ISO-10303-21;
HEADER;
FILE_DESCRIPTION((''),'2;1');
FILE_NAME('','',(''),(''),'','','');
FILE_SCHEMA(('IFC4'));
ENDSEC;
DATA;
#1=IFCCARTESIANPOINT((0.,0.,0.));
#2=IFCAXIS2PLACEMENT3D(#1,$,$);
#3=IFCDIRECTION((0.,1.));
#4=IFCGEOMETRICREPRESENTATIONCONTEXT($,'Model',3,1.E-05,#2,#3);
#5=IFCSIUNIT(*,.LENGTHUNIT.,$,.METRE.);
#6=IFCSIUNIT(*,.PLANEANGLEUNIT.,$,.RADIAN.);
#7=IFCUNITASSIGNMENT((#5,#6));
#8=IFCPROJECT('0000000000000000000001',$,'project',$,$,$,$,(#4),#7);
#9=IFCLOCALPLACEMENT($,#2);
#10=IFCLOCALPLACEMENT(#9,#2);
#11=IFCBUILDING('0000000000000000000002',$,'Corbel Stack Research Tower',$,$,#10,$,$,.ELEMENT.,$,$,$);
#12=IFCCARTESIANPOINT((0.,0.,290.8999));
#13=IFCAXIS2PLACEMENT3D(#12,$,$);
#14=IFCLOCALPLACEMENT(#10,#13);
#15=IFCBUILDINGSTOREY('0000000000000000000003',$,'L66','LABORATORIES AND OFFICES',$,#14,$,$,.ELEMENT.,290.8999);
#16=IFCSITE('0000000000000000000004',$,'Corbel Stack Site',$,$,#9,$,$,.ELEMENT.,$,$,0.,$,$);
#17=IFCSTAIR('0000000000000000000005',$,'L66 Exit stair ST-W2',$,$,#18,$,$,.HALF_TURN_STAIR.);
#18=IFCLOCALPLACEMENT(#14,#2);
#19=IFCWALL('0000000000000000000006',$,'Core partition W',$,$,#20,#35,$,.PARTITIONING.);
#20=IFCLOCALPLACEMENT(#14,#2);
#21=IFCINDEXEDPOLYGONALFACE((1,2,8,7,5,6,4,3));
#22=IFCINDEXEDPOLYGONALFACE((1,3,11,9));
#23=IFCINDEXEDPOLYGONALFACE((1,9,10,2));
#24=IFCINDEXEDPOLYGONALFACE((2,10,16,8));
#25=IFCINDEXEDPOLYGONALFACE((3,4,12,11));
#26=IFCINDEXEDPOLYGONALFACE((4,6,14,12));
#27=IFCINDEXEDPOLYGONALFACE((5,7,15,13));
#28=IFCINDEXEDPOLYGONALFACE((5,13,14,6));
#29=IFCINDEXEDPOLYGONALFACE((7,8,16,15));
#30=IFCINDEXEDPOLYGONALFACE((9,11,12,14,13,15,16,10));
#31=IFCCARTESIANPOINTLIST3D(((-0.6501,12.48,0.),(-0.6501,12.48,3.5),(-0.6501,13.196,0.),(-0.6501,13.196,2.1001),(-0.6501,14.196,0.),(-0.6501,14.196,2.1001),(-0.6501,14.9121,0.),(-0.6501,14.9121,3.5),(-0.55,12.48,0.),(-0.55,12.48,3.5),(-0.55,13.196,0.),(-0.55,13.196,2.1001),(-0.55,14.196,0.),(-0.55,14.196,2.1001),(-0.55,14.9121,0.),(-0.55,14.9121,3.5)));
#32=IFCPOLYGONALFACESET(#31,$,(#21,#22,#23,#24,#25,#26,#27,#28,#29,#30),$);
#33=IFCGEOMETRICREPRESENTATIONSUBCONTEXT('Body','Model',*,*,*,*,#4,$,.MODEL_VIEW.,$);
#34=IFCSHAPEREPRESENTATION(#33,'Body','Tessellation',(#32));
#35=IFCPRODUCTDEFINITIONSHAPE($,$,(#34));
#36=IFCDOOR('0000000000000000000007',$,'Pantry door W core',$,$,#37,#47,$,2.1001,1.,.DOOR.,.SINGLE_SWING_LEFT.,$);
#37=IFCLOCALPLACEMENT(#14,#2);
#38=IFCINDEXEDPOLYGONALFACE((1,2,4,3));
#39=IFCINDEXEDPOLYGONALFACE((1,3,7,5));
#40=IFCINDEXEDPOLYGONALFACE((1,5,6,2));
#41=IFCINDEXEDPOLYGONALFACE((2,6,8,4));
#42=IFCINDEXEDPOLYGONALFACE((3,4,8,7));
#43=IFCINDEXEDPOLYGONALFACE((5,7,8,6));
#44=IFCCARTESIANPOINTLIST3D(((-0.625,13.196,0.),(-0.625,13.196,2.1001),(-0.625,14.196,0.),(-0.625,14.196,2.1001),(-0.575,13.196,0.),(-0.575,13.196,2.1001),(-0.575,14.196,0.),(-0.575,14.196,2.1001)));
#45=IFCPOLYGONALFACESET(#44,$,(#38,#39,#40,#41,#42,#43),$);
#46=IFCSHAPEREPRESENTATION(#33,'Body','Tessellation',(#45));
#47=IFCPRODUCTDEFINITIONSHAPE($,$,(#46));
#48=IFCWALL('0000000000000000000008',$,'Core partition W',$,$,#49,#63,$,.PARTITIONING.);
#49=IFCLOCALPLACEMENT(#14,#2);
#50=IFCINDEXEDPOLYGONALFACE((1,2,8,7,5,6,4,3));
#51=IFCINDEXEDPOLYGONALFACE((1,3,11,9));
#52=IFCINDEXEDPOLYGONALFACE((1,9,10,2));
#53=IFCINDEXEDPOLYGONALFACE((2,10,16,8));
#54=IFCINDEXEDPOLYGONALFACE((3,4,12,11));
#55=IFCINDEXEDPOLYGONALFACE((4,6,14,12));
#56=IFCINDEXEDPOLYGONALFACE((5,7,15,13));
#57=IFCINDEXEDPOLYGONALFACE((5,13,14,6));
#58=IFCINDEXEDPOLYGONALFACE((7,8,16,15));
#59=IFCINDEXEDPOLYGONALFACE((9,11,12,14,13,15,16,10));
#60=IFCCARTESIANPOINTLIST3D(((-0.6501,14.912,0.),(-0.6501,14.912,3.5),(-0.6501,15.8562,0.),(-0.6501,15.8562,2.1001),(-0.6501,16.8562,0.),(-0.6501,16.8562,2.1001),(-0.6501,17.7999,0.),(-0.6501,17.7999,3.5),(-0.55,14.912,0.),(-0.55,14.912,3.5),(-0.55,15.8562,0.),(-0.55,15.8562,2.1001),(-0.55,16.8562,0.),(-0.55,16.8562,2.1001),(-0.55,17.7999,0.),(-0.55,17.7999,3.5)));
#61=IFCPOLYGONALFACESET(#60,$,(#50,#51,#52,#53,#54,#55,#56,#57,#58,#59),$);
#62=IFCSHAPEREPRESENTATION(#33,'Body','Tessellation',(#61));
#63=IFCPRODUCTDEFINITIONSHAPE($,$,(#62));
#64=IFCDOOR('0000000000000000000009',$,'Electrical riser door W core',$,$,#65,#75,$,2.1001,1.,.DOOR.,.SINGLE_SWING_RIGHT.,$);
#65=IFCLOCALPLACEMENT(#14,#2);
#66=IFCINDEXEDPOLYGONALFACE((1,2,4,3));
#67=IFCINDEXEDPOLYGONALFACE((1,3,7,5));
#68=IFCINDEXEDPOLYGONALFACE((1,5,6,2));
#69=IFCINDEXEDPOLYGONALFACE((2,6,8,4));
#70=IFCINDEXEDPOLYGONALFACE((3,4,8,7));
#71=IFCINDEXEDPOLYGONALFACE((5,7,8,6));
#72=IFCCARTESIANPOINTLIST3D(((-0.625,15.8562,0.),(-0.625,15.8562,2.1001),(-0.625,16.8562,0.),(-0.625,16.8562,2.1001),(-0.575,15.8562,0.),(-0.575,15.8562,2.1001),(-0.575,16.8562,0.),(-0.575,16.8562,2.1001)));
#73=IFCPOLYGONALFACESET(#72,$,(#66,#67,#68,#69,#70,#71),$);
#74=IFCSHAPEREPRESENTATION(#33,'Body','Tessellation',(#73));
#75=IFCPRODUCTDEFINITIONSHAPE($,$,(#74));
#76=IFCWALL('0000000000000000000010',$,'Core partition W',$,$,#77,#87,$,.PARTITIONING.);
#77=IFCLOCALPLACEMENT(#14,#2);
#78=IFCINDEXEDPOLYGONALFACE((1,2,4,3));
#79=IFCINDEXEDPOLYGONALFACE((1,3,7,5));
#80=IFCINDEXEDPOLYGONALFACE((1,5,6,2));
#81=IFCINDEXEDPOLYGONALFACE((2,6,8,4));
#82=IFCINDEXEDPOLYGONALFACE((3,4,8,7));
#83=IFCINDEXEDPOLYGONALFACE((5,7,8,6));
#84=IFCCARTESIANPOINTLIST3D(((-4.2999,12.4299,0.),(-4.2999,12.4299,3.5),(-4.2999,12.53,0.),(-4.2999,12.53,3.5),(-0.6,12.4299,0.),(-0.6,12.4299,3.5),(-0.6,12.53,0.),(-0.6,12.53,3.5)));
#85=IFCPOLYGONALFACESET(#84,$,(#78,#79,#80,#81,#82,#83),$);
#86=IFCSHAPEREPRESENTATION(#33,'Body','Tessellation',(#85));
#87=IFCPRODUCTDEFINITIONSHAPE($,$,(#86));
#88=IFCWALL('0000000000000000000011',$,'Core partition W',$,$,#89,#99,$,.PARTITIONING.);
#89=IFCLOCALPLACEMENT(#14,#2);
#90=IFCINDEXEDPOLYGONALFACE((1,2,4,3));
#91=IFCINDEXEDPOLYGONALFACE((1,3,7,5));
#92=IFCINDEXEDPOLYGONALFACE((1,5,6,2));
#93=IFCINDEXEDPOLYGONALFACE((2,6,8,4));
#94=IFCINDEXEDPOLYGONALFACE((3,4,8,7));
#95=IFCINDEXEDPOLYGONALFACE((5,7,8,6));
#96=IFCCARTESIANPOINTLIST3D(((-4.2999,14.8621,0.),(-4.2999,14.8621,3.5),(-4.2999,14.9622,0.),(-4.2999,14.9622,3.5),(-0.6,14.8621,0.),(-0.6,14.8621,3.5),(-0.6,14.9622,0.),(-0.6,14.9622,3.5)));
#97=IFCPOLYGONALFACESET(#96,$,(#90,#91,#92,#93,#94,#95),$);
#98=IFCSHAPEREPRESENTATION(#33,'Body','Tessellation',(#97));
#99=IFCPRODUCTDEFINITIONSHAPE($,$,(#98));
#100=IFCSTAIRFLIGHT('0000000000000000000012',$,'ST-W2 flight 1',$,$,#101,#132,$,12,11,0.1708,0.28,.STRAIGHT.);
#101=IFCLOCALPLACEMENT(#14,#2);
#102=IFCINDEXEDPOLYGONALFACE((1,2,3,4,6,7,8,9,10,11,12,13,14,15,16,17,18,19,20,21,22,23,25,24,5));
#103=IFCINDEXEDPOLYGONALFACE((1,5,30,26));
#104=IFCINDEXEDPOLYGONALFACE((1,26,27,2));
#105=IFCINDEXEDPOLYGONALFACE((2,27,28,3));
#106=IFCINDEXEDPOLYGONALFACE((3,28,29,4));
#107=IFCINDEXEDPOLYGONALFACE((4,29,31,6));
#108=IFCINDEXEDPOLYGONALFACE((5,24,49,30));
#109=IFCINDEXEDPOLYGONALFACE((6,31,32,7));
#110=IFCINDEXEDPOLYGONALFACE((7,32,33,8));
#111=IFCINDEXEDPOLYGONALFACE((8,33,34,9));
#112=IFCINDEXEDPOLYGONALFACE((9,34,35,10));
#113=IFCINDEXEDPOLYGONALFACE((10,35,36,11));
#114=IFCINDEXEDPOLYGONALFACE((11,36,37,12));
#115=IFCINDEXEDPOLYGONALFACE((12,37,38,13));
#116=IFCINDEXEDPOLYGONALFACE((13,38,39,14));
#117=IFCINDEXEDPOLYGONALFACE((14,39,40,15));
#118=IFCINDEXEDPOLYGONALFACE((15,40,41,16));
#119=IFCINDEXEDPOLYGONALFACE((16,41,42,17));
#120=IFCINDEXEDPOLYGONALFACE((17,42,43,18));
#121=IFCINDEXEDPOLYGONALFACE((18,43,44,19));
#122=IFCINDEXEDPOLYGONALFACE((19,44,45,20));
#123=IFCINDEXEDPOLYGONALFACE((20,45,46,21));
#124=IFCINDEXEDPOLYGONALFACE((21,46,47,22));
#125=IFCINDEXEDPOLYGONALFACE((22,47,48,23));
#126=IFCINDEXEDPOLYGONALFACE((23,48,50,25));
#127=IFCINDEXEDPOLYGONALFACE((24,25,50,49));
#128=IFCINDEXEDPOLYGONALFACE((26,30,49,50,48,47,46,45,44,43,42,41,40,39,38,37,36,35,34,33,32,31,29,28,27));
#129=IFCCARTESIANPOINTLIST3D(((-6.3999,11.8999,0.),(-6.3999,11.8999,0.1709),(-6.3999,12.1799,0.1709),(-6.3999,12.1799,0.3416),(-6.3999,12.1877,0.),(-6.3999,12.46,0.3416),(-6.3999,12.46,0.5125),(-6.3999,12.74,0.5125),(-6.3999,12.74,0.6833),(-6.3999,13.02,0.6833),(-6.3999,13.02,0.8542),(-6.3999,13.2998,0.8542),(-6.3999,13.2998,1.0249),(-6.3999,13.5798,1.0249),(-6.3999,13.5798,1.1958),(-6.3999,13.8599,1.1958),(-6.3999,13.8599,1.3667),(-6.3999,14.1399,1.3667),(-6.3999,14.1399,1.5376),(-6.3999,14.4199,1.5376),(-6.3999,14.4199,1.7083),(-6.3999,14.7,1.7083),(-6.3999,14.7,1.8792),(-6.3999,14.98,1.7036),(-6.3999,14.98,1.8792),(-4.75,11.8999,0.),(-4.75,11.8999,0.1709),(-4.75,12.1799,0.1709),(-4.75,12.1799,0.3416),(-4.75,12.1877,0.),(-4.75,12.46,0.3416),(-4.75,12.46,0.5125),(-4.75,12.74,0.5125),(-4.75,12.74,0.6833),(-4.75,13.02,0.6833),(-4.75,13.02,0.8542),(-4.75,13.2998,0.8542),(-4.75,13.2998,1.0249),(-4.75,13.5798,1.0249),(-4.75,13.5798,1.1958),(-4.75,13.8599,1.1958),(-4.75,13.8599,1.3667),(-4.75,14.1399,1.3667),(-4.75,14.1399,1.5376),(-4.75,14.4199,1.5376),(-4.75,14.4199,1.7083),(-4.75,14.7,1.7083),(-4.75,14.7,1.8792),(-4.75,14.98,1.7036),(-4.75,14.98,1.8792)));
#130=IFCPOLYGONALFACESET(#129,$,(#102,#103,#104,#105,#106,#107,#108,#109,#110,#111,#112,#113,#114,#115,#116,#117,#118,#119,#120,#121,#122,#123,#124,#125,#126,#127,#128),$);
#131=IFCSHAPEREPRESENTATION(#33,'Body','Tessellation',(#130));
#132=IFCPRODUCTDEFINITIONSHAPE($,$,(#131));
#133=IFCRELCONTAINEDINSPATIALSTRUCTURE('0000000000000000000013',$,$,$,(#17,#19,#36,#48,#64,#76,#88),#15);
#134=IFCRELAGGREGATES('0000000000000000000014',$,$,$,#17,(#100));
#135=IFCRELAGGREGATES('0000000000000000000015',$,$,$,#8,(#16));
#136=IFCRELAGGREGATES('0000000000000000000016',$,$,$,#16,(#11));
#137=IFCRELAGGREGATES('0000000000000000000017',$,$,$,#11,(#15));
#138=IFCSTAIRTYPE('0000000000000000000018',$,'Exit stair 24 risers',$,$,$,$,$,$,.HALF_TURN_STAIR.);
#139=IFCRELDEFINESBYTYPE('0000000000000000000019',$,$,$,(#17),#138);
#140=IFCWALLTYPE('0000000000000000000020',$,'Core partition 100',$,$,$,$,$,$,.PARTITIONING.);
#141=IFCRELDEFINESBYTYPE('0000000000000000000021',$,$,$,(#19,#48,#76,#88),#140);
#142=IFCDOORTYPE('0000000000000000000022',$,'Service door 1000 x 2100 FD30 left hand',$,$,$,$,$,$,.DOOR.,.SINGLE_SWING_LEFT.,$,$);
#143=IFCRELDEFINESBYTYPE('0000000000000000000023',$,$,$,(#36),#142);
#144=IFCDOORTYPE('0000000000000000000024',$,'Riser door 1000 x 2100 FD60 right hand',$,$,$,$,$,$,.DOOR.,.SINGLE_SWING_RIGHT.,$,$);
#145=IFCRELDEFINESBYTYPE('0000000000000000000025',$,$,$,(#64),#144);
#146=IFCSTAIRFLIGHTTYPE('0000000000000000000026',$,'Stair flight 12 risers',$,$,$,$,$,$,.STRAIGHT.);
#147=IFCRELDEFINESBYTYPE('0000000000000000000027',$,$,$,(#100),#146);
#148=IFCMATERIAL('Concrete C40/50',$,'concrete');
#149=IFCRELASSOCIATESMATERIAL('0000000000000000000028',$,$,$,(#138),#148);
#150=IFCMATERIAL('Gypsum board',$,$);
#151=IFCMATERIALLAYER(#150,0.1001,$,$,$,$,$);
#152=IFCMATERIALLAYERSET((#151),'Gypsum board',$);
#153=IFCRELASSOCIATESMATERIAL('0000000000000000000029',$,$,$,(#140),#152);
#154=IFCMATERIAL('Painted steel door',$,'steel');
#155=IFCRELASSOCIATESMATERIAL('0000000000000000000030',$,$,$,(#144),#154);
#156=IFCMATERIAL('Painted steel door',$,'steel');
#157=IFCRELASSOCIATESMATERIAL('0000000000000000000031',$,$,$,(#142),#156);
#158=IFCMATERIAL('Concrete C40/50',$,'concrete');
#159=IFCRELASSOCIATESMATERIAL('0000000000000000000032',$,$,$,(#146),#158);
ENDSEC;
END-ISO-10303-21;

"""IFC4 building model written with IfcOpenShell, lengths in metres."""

from ifc_helpers import new_model, si_unit, direction, frame, frame_2d, origin, place, context, subcontext, project, spatial, polyline, rectangle, outline, extrude, material, layer, layer_set, type_object, element, fill, aggregate, save


model = new_model("IFC4")

# Units and contexts
model_context = context("Model", 3, precision=1e-05, world=origin(), true_north=direction((0.0, 1.0)))
body_context = subcontext(model_context, "Body", "Model", "MODEL_VIEW")
ifc_project = project(units=[si_unit("LENGTHUNIT", "METRE"), si_unit("PLANEANGLEUNIT", "RADIAN")], contexts=[model_context])

# Site, building, storey
site_placement = place(None, origin())
site = spatial("IfcSite", under=ifc_project, at=site_placement, Name="Corbel Stack Site", CompositionType="ELEMENT", RefElevation=0.0)
building_placement = place(site_placement, origin())
building = spatial("IfcBuilding", under=site, at=building_placement, Name="Corbel Stack Research Tower", CompositionType="ELEMENT")
storey_placement = place(building_placement, frame((0.0, 0.0, 290.8999)))
storey = spatial("IfcBuildingStorey", under=building, at=storey_placement, Name="L66", Description="LABORATORIES AND OFFICES", CompositionType="ELEMENT", Elevation=290.8999)

# Stair
ifc_material_1 = material(Name="Concrete C40/50", Category="concrete")
stair_type = type_object("IfcStairType", Name="Exit stair 24 risers", PredefinedType="HALF_TURN_STAIR", material=ifc_material_1)
stair_1_placement = place(storey_placement, origin())
stair_1 = element("IfcStair", 1, at=stair_1_placement, inside=storey, type_object=stair_type, Name="L66 Exit stair ST-W2", PredefinedType="HALF_TURN_STAIR")

# Walls, openings, doors
ifc_material_2 = material(Name="Gypsum board")
ifc_layer_1 = layer(ifc_material_2, 0.1001)
ifc_layer_set_1 = layer_set([ifc_layer_1], Name="Gypsum board")
wall_type_1 = type_object("IfcWallType", Name="Core partition 100", PredefinedType="PARTITIONING", material=ifc_layer_set_1)
ifc_material_3 = material(Name="Painted steel door", Category="steel")
door_type_1 = type_object("IfcDoorType", Name="Riser door 1000 x 2100 FD60 right hand", OperationType="SINGLE_SWING_RIGHT", PredefinedType="DOOR", material=ifc_material_3)
wall_1_placement = place(storey_placement, frame((-0.6001, 12.48, 0.0), z_axis=(0.0, 0.0, 1.0), x_axis=(0.0, 1.0, 0.0)))
wall_1 = element("IfcWall", 2, at=wall_1_placement, inside=storey, type_object=wall_type_1, Name="Core partition W", PredefinedType="PARTITIONING", context=body_context, shape_type="SweptSolid", body=[
    extrude(rectangle(XDim=2.4321, YDim=0.1001, at=frame_2d((1.2161, 0.0))), origin(), (0.0, 0.0, 1.0), 3.5),
])
opening_1_placement = place(wall_1_placement, frame((0.7161, 0.0, 0.0)))
opening_1 = element("IfcOpeningElement", 3, at=opening_1_placement, cuts=wall_1, PredefinedType="OPENING", context=body_context, shape_type="SweptSolid", body=[
    extrude(rectangle(XDim=1.0, YDim=2.1001, at=frame_2d((0.5, 1.05))), frame((0.0, 0.0601, 0.0), z_axis=(0.0, -1.0, 0.0), x_axis=(1.0, 0.0, 0.0)), (0.0, 0.0, 1.0), 0.1201),
])
ifc_material_4 = material(Name="Painted steel door", Category="steel")
door_type_2 = type_object("IfcDoorType", Name="Service door 1000 x 2100 FD30 left hand", OperationType="SINGLE_SWING_LEFT", PredefinedType="DOOR", material=ifc_material_4)
door_1_placement = place(opening_1_placement, origin())
door_1 = element("IfcDoor", 4, at=door_1_placement, inside=storey, type_object=door_type_2, Name="Pantry door W core", OperationType="SINGLE_SWING_LEFT", OverallHeight=2.1001, OverallWidth=1.0, PredefinedType="DOOR", context=body_context, shape_type="SweptSolid", body=[
    extrude(rectangle(XDim=1.0, YDim=2.1001, at=frame_2d((0.5, 1.05))), frame((0.0, 0.0249, 0.0), z_axis=(0.0, -1.0, 0.0), x_axis=(1.0, 0.0, 0.0)), (0.0, 0.0, 1.0), 0.05),
])
fill(opening_1, door_1)
wall_2_placement = place(storey_placement, frame((-0.6001, 14.9121, 0.0), z_axis=(0.0, 0.0, 1.0), x_axis=(0.0, 1.0, 0.0)))
wall_2 = element("IfcWall", 5, at=wall_2_placement, inside=storey, type_object=wall_type_1, Name="Core partition W", PredefinedType="PARTITIONING", context=body_context, shape_type="SweptSolid", body=[
    extrude(rectangle(XDim=2.8879, YDim=0.1001, at=frame_2d((1.4438, 0.0))), origin(), (0.0, 0.0, 1.0), 3.5),
])
opening_2_placement = place(wall_2_placement, frame((0.9441, 0.0, 0.0)))
opening_2 = element("IfcOpeningElement", 6, at=opening_2_placement, cuts=wall_2, PredefinedType="OPENING", context=body_context, shape_type="SweptSolid", body=[
    extrude(rectangle(XDim=1.0, YDim=2.1001, at=frame_2d((0.5, 1.05))), frame((0.0, 0.0601, 0.0), z_axis=(0.0, -1.0, 0.0), x_axis=(1.0, 0.0, 0.0)), (0.0, 0.0, 1.0), 0.1201),
])
door_2_placement = place(opening_2_placement, origin())
door_2 = element("IfcDoor", 7, at=door_2_placement, inside=storey, type_object=door_type_1, Name="Electrical riser door W core", OperationType="SINGLE_SWING_RIGHT", OverallHeight=2.1001, OverallWidth=1.0, PredefinedType="DOOR", context=body_context, shape_type="SweptSolid", body=[
    extrude(rectangle(XDim=1.0, YDim=2.1001, at=frame_2d((0.5, 1.05))), frame((0.0, 0.0249, 0.0), z_axis=(0.0, -1.0, 0.0), x_axis=(1.0, 0.0, 0.0)), (0.0, 0.0, 1.0), 0.05),
])
fill(opening_2, door_2)

# Walls
for number, where, z_axis, x_axis, name in (
    (8, (-4.3, 12.48, 0.0), (0.0, 0.0, 1.0), (1.0, 0.0, 0.0), "Core partition W"),
    (9, (-4.3, 14.9121, 0.0), (0.0, 0.0, 1.0), (1.0, 0.0, 0.0), "Core partition W"),
):
    element("IfcWall", number, at=place(storey_placement, frame(where, z_axis=z_axis, x_axis=x_axis)), inside=storey, type_object=wall_type_1, Name=name, PredefinedType="PARTITIONING", context=body_context, shape_type="SweptSolid", body=[
        extrude(rectangle(XDim=3.7, YDim=0.1001, at=frame_2d((1.8501, 0.0))), origin(), (0.0, 0.0, 1.0), 3.5),
    ])

# Stair flight
ifc_material_5 = material(Name="Concrete C40/50", Category="concrete")
stair_flight_type = type_object("IfcStairFlightType", Name="Stair flight 12 risers", PredefinedType="STRAIGHT", material=ifc_material_5)
stair_flight_placement = place(storey_placement, frame((-5.575, 11.8999, 0.0), z_axis=(0.0, 0.0, 1.0), x_axis=(0.0, 1.0, 0.0)))
stair_flight = element("IfcStairFlight", 10, at=stair_flight_placement, type_object=stair_flight_type, Name="ST-W2 flight 1", NumberOfRisers=12, NumberOfTreads=11, PredefinedType="STRAIGHT", RiserHeight=0.1708, TreadLength=0.28, context=body_context, shape_type="SweptSolid", body=[
    extrude(outline(polyline([(0.0, 0.0), (0.0, 0.1709), (0.28, 0.1709), (0.28, 0.3416), (0.5601, 0.3416), (0.5601, 0.5125), (0.8401, 0.5125), (0.8401, 0.6833), (1.1201, 0.6833), (1.1201, 0.8542), (1.3999, 0.8542), (1.3999, 1.0249), (1.6799, 1.0249), (1.6799, 1.1958), (1.96, 1.1958), (1.96, 1.3667), (2.24, 1.3667), (2.24, 1.5376), (2.52, 1.5376), (2.52, 1.7083), (2.8, 1.7083), (2.8, 1.8792), (3.0801, 1.8792), (3.0801, 2.05), (3.0801, 1.7036), (0.2878, 0.0), (0.0, 0.0)])), frame((0.0, 0.825, 0.0), z_axis=(0.0, -1.0, 0.0), x_axis=(1.0, 0.0, 0.0)), (0.0, 0.0, 1.0), 1.6499),
])
aggregate(stair_1, [stair_flight])

save(model, "model.ifc")
